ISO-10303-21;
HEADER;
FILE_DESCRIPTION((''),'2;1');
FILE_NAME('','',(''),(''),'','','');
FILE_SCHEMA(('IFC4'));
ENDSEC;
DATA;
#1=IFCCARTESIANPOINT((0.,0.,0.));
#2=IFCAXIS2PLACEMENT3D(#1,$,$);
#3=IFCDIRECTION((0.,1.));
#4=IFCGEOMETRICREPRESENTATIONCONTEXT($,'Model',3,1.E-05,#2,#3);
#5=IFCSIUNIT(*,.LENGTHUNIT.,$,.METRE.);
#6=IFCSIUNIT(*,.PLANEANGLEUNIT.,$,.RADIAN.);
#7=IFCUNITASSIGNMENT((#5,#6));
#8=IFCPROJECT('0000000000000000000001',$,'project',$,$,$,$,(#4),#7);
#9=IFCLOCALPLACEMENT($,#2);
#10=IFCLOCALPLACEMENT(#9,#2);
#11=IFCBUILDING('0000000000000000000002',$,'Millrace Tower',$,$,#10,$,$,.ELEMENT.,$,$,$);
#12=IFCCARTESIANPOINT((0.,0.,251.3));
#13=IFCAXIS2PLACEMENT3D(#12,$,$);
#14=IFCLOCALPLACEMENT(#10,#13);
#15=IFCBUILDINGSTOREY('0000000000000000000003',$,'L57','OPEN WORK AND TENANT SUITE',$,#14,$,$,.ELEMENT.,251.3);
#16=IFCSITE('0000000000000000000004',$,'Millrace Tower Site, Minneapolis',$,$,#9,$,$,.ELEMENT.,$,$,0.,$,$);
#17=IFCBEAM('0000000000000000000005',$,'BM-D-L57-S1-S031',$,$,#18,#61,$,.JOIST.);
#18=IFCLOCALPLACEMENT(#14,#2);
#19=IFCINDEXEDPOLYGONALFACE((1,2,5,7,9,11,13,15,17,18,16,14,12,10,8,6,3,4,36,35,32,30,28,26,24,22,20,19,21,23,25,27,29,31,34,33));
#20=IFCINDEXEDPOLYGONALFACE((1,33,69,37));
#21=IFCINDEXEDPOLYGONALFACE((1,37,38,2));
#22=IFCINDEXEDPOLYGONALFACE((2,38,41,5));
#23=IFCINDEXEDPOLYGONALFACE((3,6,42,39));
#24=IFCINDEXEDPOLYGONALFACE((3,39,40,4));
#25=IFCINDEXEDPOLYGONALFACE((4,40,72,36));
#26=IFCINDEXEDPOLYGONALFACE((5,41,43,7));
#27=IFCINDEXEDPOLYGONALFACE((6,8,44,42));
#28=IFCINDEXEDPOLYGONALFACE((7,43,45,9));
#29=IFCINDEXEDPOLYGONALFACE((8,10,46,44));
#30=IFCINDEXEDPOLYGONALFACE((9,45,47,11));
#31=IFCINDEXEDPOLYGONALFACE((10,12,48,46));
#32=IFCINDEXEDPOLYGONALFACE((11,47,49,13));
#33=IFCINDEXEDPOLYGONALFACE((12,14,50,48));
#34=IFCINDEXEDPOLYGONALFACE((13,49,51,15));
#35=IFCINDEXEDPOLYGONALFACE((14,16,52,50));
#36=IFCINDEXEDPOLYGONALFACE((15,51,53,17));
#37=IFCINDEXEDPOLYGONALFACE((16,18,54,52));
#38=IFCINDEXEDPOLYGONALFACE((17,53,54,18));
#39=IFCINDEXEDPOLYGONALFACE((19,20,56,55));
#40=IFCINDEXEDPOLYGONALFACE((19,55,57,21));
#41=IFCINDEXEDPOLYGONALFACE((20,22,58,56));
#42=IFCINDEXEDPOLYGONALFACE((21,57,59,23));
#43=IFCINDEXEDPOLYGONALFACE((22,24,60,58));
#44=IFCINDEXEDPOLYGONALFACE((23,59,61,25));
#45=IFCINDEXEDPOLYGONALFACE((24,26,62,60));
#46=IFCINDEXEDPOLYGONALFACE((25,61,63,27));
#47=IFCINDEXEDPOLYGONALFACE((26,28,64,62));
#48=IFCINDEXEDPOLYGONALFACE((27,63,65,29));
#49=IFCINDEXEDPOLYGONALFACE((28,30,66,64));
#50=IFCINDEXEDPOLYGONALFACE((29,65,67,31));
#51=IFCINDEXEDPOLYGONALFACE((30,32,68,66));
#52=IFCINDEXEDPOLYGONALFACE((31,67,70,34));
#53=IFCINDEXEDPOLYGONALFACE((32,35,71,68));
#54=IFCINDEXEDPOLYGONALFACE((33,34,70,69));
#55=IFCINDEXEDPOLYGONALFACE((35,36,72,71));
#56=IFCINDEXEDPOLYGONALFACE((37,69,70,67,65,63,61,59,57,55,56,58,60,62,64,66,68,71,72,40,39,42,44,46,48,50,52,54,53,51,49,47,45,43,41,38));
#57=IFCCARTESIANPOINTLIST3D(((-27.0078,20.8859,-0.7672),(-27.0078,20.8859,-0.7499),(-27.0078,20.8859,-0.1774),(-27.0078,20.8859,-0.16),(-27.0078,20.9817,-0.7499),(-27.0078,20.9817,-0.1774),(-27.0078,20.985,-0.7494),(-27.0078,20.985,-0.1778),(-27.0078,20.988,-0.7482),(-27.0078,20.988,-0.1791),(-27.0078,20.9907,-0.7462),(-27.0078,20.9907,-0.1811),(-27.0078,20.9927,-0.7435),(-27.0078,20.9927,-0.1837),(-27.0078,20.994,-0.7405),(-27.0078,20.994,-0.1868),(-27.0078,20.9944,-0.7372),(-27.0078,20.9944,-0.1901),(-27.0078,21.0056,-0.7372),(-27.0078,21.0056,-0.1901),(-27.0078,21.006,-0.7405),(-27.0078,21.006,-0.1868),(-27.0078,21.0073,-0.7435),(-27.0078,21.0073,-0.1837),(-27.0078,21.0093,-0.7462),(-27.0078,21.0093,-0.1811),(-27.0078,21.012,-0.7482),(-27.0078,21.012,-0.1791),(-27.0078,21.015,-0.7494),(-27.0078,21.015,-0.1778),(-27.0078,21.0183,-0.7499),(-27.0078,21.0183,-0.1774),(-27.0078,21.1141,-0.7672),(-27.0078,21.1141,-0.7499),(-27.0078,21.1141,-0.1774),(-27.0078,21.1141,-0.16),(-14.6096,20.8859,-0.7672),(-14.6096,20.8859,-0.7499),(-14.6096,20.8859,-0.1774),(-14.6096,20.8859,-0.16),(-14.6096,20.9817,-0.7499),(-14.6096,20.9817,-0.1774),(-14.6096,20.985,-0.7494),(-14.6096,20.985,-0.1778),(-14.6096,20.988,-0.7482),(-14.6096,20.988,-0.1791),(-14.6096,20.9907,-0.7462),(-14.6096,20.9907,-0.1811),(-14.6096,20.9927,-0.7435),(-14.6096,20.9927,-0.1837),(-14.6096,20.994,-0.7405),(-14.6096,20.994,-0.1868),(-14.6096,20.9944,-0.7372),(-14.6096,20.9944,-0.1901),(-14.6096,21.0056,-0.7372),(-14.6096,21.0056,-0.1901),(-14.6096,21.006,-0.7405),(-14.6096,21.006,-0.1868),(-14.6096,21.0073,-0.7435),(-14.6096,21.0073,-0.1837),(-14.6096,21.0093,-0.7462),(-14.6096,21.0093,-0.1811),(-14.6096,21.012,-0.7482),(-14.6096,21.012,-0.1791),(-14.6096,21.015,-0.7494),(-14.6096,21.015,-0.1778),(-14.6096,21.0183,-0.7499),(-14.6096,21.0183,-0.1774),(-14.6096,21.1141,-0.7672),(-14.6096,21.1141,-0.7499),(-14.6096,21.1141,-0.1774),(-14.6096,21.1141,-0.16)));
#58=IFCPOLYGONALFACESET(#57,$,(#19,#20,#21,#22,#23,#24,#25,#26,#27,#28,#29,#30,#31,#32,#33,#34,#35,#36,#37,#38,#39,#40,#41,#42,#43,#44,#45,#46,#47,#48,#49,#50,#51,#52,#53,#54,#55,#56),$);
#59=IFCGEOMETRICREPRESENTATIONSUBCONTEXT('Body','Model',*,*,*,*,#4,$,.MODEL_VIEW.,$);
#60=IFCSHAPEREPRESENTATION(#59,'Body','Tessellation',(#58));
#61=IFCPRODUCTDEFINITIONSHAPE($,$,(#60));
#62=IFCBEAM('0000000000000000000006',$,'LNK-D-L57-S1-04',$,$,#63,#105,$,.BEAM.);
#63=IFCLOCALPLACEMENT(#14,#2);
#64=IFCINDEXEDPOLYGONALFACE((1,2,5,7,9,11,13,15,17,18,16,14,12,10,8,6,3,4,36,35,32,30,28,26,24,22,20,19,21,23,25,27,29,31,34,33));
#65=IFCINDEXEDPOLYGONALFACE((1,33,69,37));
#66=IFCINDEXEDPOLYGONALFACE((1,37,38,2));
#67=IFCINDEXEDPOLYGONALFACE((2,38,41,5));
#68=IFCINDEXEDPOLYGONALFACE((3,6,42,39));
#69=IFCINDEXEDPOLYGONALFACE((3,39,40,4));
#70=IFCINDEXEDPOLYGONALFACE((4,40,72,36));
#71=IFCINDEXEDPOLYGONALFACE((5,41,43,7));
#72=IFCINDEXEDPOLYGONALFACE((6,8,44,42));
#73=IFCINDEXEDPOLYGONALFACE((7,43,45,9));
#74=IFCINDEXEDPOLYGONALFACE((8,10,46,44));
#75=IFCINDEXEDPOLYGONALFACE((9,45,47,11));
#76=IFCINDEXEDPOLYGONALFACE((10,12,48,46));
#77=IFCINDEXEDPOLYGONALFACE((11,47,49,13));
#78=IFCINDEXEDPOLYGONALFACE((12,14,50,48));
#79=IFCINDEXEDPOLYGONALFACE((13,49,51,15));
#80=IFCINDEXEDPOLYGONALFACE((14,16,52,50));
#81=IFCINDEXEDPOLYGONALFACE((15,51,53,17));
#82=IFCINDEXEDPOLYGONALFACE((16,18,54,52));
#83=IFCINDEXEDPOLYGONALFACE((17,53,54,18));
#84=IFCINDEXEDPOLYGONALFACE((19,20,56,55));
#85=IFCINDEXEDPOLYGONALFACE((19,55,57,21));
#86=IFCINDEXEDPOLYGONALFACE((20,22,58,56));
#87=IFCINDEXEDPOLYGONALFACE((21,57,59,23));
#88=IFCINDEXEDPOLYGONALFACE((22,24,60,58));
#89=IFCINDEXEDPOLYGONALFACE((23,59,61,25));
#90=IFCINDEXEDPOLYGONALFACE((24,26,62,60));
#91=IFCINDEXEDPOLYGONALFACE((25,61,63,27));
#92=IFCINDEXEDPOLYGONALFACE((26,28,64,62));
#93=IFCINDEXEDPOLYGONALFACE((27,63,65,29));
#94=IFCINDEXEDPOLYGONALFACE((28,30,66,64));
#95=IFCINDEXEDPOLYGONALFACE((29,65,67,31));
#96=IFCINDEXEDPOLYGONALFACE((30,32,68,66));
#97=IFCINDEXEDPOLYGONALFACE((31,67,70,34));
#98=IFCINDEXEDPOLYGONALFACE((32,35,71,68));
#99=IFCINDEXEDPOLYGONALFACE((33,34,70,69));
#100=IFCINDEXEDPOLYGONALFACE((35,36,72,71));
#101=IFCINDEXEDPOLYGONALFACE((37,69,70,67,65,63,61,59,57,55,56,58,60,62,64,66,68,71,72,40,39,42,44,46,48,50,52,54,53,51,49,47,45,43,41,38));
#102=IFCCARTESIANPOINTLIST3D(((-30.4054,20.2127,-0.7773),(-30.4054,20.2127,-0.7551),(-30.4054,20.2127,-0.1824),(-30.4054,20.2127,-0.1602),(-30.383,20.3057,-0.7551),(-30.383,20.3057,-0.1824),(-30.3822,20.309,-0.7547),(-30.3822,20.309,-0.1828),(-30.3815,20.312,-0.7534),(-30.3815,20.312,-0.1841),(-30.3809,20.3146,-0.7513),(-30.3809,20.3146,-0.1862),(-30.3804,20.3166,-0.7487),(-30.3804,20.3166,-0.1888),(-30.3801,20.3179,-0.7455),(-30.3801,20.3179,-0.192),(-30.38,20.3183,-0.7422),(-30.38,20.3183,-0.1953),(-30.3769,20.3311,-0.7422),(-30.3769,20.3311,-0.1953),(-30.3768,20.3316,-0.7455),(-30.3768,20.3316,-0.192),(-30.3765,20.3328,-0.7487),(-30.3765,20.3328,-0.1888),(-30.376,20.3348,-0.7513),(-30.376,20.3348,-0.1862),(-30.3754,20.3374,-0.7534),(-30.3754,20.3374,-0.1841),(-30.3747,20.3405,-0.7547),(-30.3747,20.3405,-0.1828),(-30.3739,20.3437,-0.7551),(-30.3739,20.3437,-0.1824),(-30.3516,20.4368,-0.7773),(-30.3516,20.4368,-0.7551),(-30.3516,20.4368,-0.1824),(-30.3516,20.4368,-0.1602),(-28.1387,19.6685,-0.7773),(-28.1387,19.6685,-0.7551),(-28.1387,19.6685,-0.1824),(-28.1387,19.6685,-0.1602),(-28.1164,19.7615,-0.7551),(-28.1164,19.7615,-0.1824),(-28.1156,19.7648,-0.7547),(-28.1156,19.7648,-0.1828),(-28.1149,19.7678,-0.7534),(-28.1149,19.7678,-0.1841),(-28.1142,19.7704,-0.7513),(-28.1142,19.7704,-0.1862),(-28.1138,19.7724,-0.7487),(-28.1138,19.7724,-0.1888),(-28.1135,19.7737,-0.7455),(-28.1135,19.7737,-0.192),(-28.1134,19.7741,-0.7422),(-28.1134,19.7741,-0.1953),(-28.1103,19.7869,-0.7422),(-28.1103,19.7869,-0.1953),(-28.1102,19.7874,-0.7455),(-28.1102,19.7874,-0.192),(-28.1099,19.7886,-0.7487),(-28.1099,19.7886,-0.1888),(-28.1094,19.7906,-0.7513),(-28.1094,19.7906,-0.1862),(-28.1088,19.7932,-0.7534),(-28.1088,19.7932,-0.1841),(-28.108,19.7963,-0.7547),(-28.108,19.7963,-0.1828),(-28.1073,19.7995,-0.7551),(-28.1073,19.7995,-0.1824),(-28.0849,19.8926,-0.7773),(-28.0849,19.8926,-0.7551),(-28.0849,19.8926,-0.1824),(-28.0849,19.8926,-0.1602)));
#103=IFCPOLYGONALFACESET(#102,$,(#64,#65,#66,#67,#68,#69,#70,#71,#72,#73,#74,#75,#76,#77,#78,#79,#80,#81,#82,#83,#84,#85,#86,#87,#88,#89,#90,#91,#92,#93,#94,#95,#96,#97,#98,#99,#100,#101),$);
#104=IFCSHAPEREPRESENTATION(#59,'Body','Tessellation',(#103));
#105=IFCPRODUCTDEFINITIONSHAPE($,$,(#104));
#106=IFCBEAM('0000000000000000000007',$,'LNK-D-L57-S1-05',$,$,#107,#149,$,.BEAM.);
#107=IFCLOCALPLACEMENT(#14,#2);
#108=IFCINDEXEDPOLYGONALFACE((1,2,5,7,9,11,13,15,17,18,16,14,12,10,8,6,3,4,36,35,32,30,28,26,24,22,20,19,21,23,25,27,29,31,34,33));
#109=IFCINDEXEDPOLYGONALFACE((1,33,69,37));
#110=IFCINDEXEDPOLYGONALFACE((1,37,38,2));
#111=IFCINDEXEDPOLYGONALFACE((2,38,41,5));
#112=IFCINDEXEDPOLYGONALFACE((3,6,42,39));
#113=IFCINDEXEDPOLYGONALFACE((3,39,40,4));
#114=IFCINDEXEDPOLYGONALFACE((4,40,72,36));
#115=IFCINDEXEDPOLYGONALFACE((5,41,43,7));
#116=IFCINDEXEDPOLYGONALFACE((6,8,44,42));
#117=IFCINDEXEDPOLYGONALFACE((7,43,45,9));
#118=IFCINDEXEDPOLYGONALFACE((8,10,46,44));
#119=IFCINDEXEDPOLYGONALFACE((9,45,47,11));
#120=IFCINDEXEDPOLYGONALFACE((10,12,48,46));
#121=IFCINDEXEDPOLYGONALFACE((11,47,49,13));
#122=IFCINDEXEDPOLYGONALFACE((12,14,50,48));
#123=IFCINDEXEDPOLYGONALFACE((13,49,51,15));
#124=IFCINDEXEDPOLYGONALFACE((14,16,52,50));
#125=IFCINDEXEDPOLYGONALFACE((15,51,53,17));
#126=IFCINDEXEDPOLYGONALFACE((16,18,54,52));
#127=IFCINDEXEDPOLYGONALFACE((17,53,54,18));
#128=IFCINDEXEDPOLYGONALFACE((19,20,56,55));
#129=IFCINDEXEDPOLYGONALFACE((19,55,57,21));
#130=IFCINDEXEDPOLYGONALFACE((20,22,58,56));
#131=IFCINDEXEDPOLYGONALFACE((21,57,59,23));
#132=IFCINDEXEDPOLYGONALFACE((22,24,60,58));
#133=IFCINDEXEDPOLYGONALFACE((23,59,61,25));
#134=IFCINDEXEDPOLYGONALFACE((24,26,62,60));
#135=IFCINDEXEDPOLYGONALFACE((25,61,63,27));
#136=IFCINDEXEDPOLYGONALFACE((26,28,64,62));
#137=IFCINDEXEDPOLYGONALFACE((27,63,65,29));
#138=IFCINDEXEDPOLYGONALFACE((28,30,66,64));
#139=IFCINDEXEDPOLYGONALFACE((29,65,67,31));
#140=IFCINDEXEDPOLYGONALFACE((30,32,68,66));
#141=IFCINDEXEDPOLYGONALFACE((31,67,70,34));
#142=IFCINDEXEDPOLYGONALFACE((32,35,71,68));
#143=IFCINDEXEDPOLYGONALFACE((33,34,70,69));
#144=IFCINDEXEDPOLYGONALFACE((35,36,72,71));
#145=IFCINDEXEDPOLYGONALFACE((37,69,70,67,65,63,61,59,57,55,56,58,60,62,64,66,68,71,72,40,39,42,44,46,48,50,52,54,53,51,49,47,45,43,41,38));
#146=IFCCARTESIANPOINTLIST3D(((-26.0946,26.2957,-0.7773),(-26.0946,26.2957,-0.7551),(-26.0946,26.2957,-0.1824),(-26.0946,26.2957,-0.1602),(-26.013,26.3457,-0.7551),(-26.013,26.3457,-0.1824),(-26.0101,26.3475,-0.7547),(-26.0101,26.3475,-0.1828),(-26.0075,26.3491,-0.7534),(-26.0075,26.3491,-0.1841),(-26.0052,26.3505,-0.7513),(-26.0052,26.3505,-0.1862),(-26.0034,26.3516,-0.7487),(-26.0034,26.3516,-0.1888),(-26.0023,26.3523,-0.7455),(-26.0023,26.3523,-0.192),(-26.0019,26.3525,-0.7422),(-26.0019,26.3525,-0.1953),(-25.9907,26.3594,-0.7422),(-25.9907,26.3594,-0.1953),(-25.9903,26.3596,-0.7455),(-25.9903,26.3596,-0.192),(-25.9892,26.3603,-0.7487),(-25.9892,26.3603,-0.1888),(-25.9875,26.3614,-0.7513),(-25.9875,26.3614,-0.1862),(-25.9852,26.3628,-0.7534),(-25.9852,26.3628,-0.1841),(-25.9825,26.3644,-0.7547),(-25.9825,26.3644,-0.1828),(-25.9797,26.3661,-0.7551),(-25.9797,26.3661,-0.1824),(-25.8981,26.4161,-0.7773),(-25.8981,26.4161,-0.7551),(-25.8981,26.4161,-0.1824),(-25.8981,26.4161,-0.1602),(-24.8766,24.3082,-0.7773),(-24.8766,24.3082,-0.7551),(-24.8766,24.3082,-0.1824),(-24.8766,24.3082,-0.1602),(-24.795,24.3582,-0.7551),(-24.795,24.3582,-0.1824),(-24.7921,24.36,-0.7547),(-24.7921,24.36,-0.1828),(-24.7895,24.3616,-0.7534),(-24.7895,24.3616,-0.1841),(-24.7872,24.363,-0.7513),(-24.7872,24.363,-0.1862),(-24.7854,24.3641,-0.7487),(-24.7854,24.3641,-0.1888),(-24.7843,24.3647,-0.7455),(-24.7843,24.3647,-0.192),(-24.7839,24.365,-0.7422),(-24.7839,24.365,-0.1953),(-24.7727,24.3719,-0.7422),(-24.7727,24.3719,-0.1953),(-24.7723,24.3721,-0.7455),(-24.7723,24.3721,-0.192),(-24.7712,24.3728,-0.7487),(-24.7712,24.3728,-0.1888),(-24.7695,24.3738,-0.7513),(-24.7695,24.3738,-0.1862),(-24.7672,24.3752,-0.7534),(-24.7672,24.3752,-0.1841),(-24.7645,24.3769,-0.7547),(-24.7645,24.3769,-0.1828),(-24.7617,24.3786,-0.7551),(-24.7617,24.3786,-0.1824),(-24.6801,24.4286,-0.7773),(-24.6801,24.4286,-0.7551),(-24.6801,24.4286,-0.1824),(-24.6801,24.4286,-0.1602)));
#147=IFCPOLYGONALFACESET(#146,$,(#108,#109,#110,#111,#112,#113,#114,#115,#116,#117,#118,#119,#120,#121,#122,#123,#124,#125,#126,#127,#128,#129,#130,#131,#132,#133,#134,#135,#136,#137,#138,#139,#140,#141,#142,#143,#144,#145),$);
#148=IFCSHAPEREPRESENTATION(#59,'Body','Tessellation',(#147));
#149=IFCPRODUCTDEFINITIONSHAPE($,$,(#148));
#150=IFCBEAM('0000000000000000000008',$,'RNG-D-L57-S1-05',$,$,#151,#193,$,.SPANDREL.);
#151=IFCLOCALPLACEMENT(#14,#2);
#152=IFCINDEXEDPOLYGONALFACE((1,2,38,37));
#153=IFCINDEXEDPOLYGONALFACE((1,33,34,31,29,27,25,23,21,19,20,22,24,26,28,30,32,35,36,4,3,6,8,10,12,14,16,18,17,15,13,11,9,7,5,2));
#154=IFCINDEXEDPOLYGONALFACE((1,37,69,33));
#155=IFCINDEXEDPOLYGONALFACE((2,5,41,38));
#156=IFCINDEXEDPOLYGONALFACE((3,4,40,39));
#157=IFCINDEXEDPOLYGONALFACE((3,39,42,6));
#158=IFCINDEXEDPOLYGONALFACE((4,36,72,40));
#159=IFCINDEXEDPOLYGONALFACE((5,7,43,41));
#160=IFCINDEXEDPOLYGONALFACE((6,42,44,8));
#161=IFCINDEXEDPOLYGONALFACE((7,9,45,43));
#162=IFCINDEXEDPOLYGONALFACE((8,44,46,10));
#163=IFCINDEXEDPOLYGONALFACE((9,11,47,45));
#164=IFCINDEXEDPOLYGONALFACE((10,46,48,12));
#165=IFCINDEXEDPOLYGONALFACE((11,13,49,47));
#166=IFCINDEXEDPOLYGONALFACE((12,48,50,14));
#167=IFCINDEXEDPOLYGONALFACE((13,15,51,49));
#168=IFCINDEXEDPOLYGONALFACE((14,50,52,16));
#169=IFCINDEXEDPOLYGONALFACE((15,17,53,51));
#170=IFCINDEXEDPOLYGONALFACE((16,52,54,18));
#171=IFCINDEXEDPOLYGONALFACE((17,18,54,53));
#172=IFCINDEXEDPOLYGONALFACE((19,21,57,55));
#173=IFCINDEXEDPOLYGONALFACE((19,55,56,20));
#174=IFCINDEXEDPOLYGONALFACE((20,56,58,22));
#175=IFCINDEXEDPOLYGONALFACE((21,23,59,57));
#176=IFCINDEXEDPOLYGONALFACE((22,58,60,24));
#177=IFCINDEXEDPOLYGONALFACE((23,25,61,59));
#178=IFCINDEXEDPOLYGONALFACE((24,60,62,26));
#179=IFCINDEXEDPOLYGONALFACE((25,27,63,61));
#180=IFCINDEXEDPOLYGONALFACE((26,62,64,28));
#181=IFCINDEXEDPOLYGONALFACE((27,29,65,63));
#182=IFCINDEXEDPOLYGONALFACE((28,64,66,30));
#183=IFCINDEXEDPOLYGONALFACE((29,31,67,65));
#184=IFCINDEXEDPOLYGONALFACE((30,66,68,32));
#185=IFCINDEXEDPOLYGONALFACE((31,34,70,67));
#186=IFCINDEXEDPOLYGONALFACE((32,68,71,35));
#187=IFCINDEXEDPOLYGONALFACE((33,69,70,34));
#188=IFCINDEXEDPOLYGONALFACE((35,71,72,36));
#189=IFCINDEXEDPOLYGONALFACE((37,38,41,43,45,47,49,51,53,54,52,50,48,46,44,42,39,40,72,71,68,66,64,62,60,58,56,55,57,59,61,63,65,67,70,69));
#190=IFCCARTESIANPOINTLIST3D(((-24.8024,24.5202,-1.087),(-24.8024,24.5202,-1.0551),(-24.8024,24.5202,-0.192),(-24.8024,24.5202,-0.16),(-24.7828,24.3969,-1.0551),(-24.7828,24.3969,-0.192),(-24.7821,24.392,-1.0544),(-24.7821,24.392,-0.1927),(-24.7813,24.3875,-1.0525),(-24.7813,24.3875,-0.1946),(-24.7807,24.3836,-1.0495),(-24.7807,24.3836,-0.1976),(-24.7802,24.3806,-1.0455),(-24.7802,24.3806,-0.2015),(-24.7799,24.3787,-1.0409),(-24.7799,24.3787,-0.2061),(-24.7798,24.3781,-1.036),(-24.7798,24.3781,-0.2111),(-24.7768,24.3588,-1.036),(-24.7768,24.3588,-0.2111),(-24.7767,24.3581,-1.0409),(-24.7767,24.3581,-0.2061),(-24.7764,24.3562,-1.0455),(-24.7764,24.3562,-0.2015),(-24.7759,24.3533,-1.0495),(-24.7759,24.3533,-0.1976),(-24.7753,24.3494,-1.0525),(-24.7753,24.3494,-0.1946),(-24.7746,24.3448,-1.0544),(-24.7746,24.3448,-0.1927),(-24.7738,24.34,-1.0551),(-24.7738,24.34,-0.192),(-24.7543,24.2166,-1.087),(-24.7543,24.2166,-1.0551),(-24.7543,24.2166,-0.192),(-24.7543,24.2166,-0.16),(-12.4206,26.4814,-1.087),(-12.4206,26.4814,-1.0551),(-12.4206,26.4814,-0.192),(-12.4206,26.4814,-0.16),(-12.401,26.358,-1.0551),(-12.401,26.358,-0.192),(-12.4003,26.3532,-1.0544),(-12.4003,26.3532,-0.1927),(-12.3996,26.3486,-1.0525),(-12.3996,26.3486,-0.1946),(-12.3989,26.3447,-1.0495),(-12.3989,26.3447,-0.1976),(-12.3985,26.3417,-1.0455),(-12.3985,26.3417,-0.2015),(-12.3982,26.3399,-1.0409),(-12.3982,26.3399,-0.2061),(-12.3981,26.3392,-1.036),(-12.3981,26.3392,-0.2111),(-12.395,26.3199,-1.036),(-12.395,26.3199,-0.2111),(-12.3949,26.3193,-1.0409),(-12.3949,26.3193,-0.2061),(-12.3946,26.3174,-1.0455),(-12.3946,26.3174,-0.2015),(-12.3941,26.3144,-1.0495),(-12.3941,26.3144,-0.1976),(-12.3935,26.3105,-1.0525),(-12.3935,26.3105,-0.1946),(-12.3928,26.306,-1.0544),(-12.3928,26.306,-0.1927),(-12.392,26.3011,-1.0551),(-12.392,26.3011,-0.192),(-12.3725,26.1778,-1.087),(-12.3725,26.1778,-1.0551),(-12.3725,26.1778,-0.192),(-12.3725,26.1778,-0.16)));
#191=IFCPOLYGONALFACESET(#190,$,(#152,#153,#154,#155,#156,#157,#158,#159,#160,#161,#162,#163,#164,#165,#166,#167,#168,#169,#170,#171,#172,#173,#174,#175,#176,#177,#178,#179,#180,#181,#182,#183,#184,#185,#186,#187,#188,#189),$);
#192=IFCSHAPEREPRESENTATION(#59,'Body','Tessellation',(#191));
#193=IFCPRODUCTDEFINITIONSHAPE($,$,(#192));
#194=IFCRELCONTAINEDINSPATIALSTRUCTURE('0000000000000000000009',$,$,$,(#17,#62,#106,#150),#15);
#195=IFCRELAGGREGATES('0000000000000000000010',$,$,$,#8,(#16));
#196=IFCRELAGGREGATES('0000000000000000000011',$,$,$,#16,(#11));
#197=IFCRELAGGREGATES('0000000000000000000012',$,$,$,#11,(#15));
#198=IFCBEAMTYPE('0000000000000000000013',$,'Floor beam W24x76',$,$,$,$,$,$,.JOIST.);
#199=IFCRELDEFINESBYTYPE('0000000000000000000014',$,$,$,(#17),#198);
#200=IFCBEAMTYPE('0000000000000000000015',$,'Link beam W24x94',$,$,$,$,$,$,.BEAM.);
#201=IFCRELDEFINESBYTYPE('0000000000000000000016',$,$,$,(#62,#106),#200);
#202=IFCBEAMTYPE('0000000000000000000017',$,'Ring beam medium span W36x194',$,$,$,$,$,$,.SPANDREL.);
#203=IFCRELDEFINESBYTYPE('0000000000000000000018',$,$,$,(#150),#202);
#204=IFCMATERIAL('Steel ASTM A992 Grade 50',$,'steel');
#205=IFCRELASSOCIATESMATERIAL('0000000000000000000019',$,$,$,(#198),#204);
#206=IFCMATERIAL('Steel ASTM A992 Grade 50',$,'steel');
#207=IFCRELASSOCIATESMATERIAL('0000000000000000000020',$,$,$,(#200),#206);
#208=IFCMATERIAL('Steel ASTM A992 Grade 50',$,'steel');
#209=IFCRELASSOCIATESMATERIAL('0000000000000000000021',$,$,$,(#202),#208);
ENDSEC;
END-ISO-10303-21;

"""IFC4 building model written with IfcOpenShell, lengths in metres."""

from ifc_helpers import new_model, si_unit, direction, frame, origin, origin_2d, place, context, subcontext, project, spatial, i_section, extrude, material, material_profile, profile_set, type_object, element, save


model = new_model("IFC4")

# Units and contexts
model_context = context("Model", 3, precision=1e-05, world=origin(), true_north=direction((0.0, 1.0)))
body_context = subcontext(model_context, "Body", "Model", "MODEL_VIEW")
ifc_project = project(units=[si_unit("LENGTHUNIT", "METRE"), si_unit("PLANEANGLEUNIT", "RADIAN")], contexts=[model_context])

# Site, building, storey
site_placement = place(None, origin())
site = spatial("IfcSite", under=ifc_project, at=site_placement, Name="Millrace Tower Site, Minneapolis", CompositionType="ELEMENT", RefElevation=0.0)
building_placement = place(site_placement, origin())
building = spatial("IfcBuilding", under=site, at=building_placement, Name="Millrace Tower", CompositionType="ELEMENT")
storey_placement = place(building_placement, frame((0.0, 0.0, 251.3)))
storey = spatial("IfcBuildingStorey", under=building, at=storey_placement, Name="L57", Description="OPEN WORK AND TENANT SUITE", CompositionType="ELEMENT", Elevation=251.3)

# Beams
ifc_material_1 = material(Name="Steel ASTM A992 Grade 50", Category="steel")
ifc_material_profile_1 = material_profile(ifc_material_1, i_section(OverallWidth=0.2283, OverallDepth=0.6072, WebThickness=0.0112, FlangeThickness=0.0173, FilletRadius=0.0127, at=origin_2d()))
ifc_profile_set_1 = profile_set([ifc_material_profile_1], Name="Steel ASTM A992 Grade 50")
beam_type_1 = type_object("IfcBeamType", Name="Floor beam W24x76", PredefinedType="JOIST", material=ifc_profile_set_1)
beam_1_placement = place(storey_placement, frame((-27.0078, 21.0, -0.4636), z_axis=(1.0, 0.0, 0.0), x_axis=(0.0, 1.0, 0.0)))
element("IfcBeam", 1, at=beam_1_placement, inside=storey, type_object=beam_type_1, Name="BM-D-L57-S1-S031", PredefinedType="JOIST", context=body_context, shape_type="SweptSolid", body=[
    extrude(i_section(OverallWidth=0.2283, OverallDepth=0.6072, WebThickness=0.0112, FlangeThickness=0.0173, FilletRadius=0.0127, at=origin_2d()), origin(), (0.0, 0.0, 1.0), 12.3982),
])
ifc_material_2 = material(Name="Steel ASTM A992 Grade 50", Category="steel")
ifc_material_profile_2 = material_profile(ifc_material_2, i_section(OverallWidth=0.2305, OverallDepth=0.6172, WebThickness=0.0132, FlangeThickness=0.0222, FilletRadius=0.0129, at=origin_2d()))
ifc_profile_set_2 = profile_set([ifc_material_profile_2], Name="Steel ASTM A992 Grade 50")
beam_type_2 = type_object("IfcBeamType", Name="Link beam W24x94", PredefinedType="BEAM", material=ifc_profile_set_2)
for number, where, z_axis, x_axis, name in (
    (2, (-28.1118, 19.7805, -0.4688), (-0.972367, 0.233456, 0.0), (-0.233456, -0.972367, 0.0), "LNK-D-L57-S1-04"),
    (3, (-24.7783, 24.3684, -0.4688), (-0.522513, 0.852631, 0.0), (-0.852631, -0.522513, 0.0), "LNK-D-L57-S1-05"),
):
    element("IfcBeam", number, at=place(storey_placement, frame(where, z_axis=z_axis, x_axis=x_axis)), inside=storey, type_object=beam_type_2, Name=name, PredefinedType="BEAM", context=body_context, shape_type="SweptSolid", body=[
        extrude(i_section(OverallWidth=0.2305, OverallDepth=0.6172, WebThickness=0.0132, FlangeThickness=0.0222, FilletRadius=0.0129, at=origin_2d()), origin(), (0.0, 0.0, 1.0), 2.3311),
    ])
ifc_material_3 = material(Name="Steel ASTM A992 Grade 50", Category="steel")
ifc_material_profile_3 = material_profile(ifc_material_3, i_section(OverallWidth=0.3074, OverallDepth=0.927, WebThickness=0.0195, FlangeThickness=0.032, FilletRadius=0.019, at=origin_2d()))
ifc_profile_set_3 = profile_set([ifc_material_profile_3], Name="Steel ASTM A992 Grade 50")
beam_type_3 = type_object("IfcBeamType", Name="Ring beam medium span W36x194", PredefinedType="SPANDREL", material=ifc_profile_set_3)
beam_2_placement = place(storey_placement, frame((-24.7783, 24.3684, -0.6235), z_axis=(0.987687, 0.156442, 0.0), x_axis=(-0.156442, 0.987687, 0.0)))
element("IfcBeam", 4, at=beam_2_placement, inside=storey, type_object=beam_type_3, Name="RNG-D-L57-S1-05", PredefinedType="SPANDREL", context=body_context, shape_type="SweptSolid", body=[
    extrude(i_section(OverallWidth=0.3074, OverallDepth=0.927, WebThickness=0.0195, FlangeThickness=0.032, FilletRadius=0.019, at=origin_2d()), origin(), (0.0, 0.0, 1.0), 12.5361),
])

save(model, "model.ifc")
